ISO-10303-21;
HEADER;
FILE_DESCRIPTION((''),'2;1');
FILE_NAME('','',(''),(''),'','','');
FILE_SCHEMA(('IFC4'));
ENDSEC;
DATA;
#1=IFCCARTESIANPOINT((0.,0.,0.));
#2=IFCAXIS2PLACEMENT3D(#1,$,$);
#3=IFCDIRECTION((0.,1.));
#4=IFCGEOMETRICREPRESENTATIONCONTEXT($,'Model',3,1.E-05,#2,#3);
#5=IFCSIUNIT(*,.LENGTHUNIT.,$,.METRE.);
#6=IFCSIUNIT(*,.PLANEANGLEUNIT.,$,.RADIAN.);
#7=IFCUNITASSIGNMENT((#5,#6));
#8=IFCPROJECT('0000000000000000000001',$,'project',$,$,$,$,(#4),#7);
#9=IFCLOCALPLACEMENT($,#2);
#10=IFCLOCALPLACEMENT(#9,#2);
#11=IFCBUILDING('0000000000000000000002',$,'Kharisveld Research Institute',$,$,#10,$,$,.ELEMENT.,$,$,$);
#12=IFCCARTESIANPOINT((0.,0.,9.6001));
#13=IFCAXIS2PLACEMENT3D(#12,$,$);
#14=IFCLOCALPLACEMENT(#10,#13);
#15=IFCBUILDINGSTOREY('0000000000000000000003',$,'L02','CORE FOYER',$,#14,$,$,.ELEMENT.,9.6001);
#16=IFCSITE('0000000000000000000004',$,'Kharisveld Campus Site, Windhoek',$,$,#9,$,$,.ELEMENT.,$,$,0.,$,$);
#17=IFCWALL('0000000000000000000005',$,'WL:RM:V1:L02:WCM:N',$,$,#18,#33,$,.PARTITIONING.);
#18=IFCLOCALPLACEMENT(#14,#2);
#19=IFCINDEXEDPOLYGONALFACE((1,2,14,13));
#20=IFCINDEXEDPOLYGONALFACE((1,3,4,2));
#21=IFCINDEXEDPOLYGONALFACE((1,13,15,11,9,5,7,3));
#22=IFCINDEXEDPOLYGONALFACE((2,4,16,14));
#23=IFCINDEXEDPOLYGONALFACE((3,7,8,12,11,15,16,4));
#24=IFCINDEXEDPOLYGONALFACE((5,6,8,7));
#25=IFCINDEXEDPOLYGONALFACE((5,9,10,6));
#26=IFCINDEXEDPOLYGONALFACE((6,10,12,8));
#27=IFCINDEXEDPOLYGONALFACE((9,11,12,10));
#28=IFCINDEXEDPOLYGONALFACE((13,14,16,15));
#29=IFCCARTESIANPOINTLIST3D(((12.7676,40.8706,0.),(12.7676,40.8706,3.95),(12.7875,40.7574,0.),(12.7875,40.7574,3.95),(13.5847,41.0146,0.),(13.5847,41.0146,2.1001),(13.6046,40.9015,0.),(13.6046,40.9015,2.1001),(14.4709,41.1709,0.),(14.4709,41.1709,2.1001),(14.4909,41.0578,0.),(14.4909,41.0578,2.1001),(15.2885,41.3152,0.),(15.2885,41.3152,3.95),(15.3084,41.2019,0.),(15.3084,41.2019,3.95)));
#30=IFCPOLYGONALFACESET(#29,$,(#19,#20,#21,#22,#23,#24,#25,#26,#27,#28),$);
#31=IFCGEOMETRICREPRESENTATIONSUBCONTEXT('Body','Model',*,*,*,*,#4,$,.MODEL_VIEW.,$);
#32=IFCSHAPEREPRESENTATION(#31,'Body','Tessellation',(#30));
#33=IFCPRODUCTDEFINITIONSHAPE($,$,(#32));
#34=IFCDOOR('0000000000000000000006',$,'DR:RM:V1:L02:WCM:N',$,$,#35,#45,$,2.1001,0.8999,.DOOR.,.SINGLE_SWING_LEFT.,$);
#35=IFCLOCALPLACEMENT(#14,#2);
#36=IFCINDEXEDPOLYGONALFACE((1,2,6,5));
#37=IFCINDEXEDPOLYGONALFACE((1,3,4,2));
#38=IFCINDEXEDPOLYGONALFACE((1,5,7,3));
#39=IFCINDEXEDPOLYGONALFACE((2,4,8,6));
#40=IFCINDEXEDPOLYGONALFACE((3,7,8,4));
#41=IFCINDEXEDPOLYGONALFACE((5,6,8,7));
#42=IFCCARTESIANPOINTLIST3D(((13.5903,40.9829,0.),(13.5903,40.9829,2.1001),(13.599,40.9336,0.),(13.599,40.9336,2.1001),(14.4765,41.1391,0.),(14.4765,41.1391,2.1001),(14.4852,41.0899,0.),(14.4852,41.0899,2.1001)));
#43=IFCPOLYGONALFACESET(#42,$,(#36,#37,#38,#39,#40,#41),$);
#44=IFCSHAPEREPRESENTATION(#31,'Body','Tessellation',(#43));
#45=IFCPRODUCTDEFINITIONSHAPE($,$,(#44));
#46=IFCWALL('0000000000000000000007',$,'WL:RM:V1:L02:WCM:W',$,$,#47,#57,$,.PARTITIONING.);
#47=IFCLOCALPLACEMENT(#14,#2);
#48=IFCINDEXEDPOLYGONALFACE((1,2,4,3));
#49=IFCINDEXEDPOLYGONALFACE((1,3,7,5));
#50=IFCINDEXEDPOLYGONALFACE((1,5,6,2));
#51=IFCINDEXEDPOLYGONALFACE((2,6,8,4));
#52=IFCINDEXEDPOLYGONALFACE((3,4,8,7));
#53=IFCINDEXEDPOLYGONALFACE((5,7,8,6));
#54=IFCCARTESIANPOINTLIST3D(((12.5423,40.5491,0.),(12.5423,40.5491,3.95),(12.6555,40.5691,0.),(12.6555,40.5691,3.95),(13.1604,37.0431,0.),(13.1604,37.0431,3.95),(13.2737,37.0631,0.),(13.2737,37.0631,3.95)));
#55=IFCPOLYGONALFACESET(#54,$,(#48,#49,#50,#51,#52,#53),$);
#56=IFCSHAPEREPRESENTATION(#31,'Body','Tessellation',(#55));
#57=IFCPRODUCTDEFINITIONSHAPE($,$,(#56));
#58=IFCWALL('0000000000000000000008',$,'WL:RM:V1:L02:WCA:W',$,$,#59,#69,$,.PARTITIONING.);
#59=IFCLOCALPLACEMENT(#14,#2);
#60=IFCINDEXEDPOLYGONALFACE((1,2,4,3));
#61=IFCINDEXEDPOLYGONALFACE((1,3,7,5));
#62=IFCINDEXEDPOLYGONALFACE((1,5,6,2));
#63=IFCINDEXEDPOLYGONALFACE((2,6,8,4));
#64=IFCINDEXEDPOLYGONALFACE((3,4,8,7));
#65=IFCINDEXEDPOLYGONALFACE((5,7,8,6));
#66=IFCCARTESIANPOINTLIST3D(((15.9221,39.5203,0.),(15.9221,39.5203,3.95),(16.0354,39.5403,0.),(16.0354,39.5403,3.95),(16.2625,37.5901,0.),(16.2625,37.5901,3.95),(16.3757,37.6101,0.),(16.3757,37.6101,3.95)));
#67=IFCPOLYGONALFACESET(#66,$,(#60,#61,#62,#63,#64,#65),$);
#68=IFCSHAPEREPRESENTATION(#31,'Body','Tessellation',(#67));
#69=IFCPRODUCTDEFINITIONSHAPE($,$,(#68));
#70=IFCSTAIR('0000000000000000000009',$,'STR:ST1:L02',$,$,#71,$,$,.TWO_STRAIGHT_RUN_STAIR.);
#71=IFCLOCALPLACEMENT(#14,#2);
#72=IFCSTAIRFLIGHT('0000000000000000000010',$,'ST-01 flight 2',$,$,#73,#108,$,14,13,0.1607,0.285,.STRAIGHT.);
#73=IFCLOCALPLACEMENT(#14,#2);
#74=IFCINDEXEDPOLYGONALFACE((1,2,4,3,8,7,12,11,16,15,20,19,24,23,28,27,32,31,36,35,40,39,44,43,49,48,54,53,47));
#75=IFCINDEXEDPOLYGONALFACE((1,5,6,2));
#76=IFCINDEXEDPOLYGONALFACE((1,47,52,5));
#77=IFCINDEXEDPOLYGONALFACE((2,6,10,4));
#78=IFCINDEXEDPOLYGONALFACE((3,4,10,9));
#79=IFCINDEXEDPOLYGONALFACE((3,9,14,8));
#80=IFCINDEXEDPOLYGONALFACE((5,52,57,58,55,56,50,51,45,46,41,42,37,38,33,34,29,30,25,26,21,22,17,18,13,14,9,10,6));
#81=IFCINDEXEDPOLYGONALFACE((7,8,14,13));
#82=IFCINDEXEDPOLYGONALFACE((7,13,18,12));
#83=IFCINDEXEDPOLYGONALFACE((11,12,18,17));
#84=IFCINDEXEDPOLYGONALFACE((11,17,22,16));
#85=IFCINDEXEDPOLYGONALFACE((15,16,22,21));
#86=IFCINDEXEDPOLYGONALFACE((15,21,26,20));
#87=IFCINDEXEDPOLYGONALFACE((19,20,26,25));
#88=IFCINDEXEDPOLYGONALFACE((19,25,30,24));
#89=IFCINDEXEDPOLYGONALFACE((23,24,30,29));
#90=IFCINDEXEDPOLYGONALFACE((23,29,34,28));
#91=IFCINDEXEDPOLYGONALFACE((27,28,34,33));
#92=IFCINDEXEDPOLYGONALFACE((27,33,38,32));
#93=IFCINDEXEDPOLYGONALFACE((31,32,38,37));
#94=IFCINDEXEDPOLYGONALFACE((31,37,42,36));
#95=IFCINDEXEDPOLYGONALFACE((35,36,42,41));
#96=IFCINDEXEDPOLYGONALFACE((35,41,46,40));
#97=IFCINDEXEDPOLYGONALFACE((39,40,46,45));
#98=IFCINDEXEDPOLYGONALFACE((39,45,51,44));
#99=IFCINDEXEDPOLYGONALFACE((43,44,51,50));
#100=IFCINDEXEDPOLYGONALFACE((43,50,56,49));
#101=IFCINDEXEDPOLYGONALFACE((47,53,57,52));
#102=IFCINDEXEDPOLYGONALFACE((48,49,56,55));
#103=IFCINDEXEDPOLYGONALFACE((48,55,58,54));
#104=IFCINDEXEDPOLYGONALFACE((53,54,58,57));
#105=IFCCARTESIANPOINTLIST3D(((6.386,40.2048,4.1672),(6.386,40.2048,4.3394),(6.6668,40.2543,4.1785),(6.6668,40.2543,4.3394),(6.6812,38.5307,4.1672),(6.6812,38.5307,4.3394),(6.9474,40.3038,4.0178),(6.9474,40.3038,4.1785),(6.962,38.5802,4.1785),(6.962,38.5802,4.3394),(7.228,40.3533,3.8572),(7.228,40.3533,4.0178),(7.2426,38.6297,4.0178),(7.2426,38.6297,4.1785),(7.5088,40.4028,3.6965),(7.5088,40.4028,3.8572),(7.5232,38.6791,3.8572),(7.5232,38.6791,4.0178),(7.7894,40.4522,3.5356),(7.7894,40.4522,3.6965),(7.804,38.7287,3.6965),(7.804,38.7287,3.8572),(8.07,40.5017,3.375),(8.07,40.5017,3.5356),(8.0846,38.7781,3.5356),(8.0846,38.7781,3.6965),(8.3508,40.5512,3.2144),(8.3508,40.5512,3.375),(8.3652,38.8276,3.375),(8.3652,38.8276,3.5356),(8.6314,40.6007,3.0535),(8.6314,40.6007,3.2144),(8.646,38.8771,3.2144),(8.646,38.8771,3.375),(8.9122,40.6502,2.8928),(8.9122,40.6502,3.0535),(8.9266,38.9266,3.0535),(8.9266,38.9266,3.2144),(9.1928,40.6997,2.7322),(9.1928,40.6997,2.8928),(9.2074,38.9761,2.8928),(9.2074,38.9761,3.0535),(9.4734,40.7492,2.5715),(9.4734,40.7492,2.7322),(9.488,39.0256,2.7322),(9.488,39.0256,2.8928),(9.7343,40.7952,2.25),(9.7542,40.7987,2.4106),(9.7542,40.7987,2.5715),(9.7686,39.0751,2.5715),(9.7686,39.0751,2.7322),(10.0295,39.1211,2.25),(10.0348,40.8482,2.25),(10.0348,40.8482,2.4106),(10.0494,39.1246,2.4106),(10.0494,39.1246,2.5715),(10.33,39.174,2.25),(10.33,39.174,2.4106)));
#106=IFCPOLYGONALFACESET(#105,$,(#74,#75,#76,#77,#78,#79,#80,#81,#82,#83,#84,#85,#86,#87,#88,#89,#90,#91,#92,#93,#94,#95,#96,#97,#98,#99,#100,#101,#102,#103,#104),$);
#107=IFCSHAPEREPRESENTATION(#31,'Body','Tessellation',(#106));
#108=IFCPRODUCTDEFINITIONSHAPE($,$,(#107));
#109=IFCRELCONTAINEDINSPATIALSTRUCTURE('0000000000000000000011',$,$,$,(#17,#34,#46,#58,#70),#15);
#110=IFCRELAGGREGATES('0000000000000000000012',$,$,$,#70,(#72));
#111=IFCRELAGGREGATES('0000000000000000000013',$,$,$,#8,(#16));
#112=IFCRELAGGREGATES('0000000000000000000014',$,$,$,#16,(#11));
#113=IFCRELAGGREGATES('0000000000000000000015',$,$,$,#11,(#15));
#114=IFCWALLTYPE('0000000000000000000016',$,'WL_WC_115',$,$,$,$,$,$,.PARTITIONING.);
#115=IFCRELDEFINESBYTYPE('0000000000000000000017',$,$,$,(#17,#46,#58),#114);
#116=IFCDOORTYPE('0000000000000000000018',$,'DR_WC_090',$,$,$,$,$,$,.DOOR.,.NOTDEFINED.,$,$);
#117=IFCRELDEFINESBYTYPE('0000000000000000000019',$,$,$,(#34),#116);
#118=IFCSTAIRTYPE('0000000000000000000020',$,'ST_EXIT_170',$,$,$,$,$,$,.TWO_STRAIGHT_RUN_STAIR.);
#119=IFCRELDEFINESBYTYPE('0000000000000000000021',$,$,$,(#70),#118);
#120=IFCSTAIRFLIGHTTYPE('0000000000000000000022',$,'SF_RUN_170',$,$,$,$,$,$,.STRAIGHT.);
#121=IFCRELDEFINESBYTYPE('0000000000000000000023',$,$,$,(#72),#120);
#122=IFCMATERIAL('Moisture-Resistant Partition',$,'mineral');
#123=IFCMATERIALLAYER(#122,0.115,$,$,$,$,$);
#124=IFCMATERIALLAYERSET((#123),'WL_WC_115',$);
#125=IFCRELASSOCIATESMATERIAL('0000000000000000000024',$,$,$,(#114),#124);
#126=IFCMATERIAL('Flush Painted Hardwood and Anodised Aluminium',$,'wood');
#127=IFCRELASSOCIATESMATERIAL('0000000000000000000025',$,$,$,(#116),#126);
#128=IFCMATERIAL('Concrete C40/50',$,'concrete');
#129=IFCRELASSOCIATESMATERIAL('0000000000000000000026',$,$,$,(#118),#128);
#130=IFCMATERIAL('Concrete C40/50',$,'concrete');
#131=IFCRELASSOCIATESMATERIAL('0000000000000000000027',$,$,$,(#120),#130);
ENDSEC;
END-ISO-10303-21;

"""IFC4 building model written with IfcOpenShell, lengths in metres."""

from ifc_helpers import new_model, si_unit, direction, frame, frame_2d, origin, place, context, subcontext, project, spatial, polyline, rectangle, outline, extrude, material, layer, layer_set, type_object, element, fill, aggregate, save


model = new_model("IFC4")

# Units and contexts
model_context = context("Model", 3, precision=1e-05, world=origin(), true_north=direction((0.0, 1.0)))
body_context = subcontext(model_context, "Body", "Model", "MODEL_VIEW")
ifc_project = project(units=[si_unit("LENGTHUNIT", "METRE"), si_unit("PLANEANGLEUNIT", "RADIAN")], contexts=[model_context])

# Site, building, storey
site_placement = place(None, origin())
site = spatial("IfcSite", under=ifc_project, at=site_placement, Name="Kharisveld Campus Site, Windhoek", CompositionType="ELEMENT", RefElevation=0.0)
building_placement = place(site_placement, origin())
building = spatial("IfcBuilding", under=site, at=building_placement, Name="Kharisveld Research Institute", CompositionType="ELEMENT")
storey_placement = place(building_placement, frame((0.0, 0.0, 9.6001)))
storey = spatial("IfcBuildingStorey", under=building, at=storey_placement, Name="L02", Description="CORE FOYER", CompositionType="ELEMENT", Elevation=9.6001)

# Wall, opening, door
ifc_material_1 = material(Name="Moisture-Resistant Partition", Category="mineral")
ifc_layer_1 = layer(ifc_material_1, 0.115)
ifc_layer_set_1 = layer_set([ifc_layer_1], Name="WL_WC_115")
wall_type_1 = type_object("IfcWallType", Name="WL_WC_115", PredefinedType="PARTITIONING", material=ifc_layer_set_1)
wall_1_placement = place(storey_placement, frame((15.2983, 41.2585, 0.0), z_axis=(0.0, 0.0, 1.0), x_axis=(-0.984804, -0.173671, 0.0)))
wall_1 = element("IfcWall", 1, at=wall_1_placement, inside=storey, type_object=wall_type_1, Name="WL:RM:V1:L02:WCM:N", PredefinedType="PARTITIONING", context=body_context, shape_type="SweptSolid", body=[
    extrude(rectangle(XDim=2.5598, YDim=0.115, at=frame_2d((1.2798, 0.0))), origin(), (0.0, 0.0, 1.0), 3.95),
])
opening_1_placement = place(wall_1_placement, frame((0.8301, 0.0, 0.0)))
opening_1 = element("IfcOpeningElement", 2, at=opening_1_placement, cuts=wall_1, PredefinedType="OPENING", context=body_context, shape_type="SweptSolid", body=[
    extrude(rectangle(XDim=0.8999, YDim=2.1001, at=frame_2d((0.45, 1.05))), frame((0.0, 0.0576, 0.0), z_axis=(0.0, -1.0, 0.0), x_axis=(1.0, 0.0, 0.0)), (0.0, 0.0, 1.0), 0.115),
])
ifc_material_2 = material(Name="Flush Painted Hardwood and Anodised Aluminium", Category="wood")
door_type_1 = type_object("IfcDoorType", Name="DR_WC_090", OperationType="NOTDEFINED", PredefinedType="DOOR", material=ifc_material_2)
door_1_placement = place(opening_1_placement, origin())
door_1 = element("IfcDoor", 3, at=door_1_placement, inside=storey, type_object=door_type_1, Name="DR:RM:V1:L02:WCM:N", OperationType="SINGLE_SWING_LEFT", OverallHeight=2.1001, OverallWidth=0.8999, PredefinedType="DOOR", context=body_context, shape_type="SweptSolid", body=[
    extrude(rectangle(XDim=0.8999, YDim=2.1001, at=frame_2d((0.45, 1.05))), frame((0.0, 0.0249, 0.0), z_axis=(0.0, -1.0, 0.0), x_axis=(1.0, 0.0, 0.0)), (0.0, 0.0, 1.0), 0.05),
])
fill(opening_1, door_1)

# Wall
wall_2_placement = place(storey_placement, frame((12.5989, 40.5591, 0.0), z_axis=(0.0, 0.0, 1.0), x_axis=(0.173644, -0.984808, 0.0)))
element("IfcWall", 4, at=wall_2_placement, inside=storey, type_object=wall_type_1, Name="WL:RM:V1:L02:WCM:W", PredefinedType="PARTITIONING", context=body_context, shape_type="SweptSolid", body=[
    extrude(rectangle(XDim=3.5601, YDim=0.115, at=frame_2d((1.78, 0.0))), origin(), (0.0, 0.0, 1.0), 3.95),
])

# Wall
wall_3_placement = place(storey_placement, frame((15.9788, 39.5303, 0.0), z_axis=(0.0, 0.0, 1.0), x_axis=(0.173643, -0.984809, 0.0)))
element("IfcWall", 5, at=wall_3_placement, inside=storey, type_object=wall_type_1, Name="WL:RM:V1:L02:WCA:W", PredefinedType="PARTITIONING", context=body_context, shape_type="SweptSolid", body=[
    extrude(rectangle(XDim=1.96, YDim=0.115, at=frame_2d((0.98, 0.0))), origin(), (0.0, 0.0, 1.0), 3.95),
])

# Stair, stair flight
ifc_material_3 = material(Name="Concrete C40/50", Category="concrete")
stair_type = type_object("IfcStairType", Name="ST_EXIT_170", PredefinedType="TWO_STRAIGHT_RUN_STAIR", material=ifc_material_3)
stair_placement = place(storey_placement, origin())
stair = element("IfcStair", 6, at=stair_placement, inside=storey, type_object=stair_type, Name="STR:ST1:L02", PredefinedType="TWO_STRAIGHT_RUN_STAIR")
ifc_material_4 = material(Name="Concrete C40/50", Category="concrete")
stair_flight_type = type_object("IfcStairFlightType", Name="SF_RUN_170", PredefinedType="STRAIGHT", material=ifc_material_4)
stair_flight_placement = place(storey_placement, frame((10.1824, 40.0112, 2.25), z_axis=(0.0, 0.0, 1.0), x_axis=(-0.984808, -0.173648, 0.0)))
stair_flight = element("IfcStairFlight", 7, at=stair_flight_placement, type_object=stair_flight_type, Name="ST-01 flight 2", NumberOfRisers=14, NumberOfTreads=13, PredefinedType="STRAIGHT", RiserHeight=0.1607, TreadLength=0.285, context=body_context, shape_type="SweptSolid", body=[
    extrude(outline(polyline([(0.0, 0.0), (0.0, 0.1606), (0.2849, 0.1606), (0.2849, 0.3215), (0.5701, 0.3215), (0.5701, 0.4822), (0.855, 0.4822), (0.855, 0.6428), (1.1399, 0.6428), (1.1399, 0.8035), (1.425, 0.8035), (1.425, 0.9644), (1.71, 0.9644), (1.71, 1.125), (1.9951, 1.125), (1.9951, 1.2856), (2.28, 1.2856), (2.28, 1.4465), (2.5649, 1.4465), (2.5649, 1.6072), (2.8501, 1.6072), (2.8501, 1.7678), (3.135, 1.7678), (3.135, 1.9285), (3.4199, 1.9285), (3.4199, 2.0894), (3.7051, 2.0894), (3.7051, 2.25), (3.7051, 1.9172), (0.3052, 0.0), (0.0, 0.0)])), frame((0.0, 0.8501, 0.0), z_axis=(0.0, -1.0, 0.0), x_axis=(1.0, 0.0, 0.0)), (0.0, 0.0, 1.0), 1.7),
])
aggregate(stair, [stair_flight])

save(model, "model.ifc")
